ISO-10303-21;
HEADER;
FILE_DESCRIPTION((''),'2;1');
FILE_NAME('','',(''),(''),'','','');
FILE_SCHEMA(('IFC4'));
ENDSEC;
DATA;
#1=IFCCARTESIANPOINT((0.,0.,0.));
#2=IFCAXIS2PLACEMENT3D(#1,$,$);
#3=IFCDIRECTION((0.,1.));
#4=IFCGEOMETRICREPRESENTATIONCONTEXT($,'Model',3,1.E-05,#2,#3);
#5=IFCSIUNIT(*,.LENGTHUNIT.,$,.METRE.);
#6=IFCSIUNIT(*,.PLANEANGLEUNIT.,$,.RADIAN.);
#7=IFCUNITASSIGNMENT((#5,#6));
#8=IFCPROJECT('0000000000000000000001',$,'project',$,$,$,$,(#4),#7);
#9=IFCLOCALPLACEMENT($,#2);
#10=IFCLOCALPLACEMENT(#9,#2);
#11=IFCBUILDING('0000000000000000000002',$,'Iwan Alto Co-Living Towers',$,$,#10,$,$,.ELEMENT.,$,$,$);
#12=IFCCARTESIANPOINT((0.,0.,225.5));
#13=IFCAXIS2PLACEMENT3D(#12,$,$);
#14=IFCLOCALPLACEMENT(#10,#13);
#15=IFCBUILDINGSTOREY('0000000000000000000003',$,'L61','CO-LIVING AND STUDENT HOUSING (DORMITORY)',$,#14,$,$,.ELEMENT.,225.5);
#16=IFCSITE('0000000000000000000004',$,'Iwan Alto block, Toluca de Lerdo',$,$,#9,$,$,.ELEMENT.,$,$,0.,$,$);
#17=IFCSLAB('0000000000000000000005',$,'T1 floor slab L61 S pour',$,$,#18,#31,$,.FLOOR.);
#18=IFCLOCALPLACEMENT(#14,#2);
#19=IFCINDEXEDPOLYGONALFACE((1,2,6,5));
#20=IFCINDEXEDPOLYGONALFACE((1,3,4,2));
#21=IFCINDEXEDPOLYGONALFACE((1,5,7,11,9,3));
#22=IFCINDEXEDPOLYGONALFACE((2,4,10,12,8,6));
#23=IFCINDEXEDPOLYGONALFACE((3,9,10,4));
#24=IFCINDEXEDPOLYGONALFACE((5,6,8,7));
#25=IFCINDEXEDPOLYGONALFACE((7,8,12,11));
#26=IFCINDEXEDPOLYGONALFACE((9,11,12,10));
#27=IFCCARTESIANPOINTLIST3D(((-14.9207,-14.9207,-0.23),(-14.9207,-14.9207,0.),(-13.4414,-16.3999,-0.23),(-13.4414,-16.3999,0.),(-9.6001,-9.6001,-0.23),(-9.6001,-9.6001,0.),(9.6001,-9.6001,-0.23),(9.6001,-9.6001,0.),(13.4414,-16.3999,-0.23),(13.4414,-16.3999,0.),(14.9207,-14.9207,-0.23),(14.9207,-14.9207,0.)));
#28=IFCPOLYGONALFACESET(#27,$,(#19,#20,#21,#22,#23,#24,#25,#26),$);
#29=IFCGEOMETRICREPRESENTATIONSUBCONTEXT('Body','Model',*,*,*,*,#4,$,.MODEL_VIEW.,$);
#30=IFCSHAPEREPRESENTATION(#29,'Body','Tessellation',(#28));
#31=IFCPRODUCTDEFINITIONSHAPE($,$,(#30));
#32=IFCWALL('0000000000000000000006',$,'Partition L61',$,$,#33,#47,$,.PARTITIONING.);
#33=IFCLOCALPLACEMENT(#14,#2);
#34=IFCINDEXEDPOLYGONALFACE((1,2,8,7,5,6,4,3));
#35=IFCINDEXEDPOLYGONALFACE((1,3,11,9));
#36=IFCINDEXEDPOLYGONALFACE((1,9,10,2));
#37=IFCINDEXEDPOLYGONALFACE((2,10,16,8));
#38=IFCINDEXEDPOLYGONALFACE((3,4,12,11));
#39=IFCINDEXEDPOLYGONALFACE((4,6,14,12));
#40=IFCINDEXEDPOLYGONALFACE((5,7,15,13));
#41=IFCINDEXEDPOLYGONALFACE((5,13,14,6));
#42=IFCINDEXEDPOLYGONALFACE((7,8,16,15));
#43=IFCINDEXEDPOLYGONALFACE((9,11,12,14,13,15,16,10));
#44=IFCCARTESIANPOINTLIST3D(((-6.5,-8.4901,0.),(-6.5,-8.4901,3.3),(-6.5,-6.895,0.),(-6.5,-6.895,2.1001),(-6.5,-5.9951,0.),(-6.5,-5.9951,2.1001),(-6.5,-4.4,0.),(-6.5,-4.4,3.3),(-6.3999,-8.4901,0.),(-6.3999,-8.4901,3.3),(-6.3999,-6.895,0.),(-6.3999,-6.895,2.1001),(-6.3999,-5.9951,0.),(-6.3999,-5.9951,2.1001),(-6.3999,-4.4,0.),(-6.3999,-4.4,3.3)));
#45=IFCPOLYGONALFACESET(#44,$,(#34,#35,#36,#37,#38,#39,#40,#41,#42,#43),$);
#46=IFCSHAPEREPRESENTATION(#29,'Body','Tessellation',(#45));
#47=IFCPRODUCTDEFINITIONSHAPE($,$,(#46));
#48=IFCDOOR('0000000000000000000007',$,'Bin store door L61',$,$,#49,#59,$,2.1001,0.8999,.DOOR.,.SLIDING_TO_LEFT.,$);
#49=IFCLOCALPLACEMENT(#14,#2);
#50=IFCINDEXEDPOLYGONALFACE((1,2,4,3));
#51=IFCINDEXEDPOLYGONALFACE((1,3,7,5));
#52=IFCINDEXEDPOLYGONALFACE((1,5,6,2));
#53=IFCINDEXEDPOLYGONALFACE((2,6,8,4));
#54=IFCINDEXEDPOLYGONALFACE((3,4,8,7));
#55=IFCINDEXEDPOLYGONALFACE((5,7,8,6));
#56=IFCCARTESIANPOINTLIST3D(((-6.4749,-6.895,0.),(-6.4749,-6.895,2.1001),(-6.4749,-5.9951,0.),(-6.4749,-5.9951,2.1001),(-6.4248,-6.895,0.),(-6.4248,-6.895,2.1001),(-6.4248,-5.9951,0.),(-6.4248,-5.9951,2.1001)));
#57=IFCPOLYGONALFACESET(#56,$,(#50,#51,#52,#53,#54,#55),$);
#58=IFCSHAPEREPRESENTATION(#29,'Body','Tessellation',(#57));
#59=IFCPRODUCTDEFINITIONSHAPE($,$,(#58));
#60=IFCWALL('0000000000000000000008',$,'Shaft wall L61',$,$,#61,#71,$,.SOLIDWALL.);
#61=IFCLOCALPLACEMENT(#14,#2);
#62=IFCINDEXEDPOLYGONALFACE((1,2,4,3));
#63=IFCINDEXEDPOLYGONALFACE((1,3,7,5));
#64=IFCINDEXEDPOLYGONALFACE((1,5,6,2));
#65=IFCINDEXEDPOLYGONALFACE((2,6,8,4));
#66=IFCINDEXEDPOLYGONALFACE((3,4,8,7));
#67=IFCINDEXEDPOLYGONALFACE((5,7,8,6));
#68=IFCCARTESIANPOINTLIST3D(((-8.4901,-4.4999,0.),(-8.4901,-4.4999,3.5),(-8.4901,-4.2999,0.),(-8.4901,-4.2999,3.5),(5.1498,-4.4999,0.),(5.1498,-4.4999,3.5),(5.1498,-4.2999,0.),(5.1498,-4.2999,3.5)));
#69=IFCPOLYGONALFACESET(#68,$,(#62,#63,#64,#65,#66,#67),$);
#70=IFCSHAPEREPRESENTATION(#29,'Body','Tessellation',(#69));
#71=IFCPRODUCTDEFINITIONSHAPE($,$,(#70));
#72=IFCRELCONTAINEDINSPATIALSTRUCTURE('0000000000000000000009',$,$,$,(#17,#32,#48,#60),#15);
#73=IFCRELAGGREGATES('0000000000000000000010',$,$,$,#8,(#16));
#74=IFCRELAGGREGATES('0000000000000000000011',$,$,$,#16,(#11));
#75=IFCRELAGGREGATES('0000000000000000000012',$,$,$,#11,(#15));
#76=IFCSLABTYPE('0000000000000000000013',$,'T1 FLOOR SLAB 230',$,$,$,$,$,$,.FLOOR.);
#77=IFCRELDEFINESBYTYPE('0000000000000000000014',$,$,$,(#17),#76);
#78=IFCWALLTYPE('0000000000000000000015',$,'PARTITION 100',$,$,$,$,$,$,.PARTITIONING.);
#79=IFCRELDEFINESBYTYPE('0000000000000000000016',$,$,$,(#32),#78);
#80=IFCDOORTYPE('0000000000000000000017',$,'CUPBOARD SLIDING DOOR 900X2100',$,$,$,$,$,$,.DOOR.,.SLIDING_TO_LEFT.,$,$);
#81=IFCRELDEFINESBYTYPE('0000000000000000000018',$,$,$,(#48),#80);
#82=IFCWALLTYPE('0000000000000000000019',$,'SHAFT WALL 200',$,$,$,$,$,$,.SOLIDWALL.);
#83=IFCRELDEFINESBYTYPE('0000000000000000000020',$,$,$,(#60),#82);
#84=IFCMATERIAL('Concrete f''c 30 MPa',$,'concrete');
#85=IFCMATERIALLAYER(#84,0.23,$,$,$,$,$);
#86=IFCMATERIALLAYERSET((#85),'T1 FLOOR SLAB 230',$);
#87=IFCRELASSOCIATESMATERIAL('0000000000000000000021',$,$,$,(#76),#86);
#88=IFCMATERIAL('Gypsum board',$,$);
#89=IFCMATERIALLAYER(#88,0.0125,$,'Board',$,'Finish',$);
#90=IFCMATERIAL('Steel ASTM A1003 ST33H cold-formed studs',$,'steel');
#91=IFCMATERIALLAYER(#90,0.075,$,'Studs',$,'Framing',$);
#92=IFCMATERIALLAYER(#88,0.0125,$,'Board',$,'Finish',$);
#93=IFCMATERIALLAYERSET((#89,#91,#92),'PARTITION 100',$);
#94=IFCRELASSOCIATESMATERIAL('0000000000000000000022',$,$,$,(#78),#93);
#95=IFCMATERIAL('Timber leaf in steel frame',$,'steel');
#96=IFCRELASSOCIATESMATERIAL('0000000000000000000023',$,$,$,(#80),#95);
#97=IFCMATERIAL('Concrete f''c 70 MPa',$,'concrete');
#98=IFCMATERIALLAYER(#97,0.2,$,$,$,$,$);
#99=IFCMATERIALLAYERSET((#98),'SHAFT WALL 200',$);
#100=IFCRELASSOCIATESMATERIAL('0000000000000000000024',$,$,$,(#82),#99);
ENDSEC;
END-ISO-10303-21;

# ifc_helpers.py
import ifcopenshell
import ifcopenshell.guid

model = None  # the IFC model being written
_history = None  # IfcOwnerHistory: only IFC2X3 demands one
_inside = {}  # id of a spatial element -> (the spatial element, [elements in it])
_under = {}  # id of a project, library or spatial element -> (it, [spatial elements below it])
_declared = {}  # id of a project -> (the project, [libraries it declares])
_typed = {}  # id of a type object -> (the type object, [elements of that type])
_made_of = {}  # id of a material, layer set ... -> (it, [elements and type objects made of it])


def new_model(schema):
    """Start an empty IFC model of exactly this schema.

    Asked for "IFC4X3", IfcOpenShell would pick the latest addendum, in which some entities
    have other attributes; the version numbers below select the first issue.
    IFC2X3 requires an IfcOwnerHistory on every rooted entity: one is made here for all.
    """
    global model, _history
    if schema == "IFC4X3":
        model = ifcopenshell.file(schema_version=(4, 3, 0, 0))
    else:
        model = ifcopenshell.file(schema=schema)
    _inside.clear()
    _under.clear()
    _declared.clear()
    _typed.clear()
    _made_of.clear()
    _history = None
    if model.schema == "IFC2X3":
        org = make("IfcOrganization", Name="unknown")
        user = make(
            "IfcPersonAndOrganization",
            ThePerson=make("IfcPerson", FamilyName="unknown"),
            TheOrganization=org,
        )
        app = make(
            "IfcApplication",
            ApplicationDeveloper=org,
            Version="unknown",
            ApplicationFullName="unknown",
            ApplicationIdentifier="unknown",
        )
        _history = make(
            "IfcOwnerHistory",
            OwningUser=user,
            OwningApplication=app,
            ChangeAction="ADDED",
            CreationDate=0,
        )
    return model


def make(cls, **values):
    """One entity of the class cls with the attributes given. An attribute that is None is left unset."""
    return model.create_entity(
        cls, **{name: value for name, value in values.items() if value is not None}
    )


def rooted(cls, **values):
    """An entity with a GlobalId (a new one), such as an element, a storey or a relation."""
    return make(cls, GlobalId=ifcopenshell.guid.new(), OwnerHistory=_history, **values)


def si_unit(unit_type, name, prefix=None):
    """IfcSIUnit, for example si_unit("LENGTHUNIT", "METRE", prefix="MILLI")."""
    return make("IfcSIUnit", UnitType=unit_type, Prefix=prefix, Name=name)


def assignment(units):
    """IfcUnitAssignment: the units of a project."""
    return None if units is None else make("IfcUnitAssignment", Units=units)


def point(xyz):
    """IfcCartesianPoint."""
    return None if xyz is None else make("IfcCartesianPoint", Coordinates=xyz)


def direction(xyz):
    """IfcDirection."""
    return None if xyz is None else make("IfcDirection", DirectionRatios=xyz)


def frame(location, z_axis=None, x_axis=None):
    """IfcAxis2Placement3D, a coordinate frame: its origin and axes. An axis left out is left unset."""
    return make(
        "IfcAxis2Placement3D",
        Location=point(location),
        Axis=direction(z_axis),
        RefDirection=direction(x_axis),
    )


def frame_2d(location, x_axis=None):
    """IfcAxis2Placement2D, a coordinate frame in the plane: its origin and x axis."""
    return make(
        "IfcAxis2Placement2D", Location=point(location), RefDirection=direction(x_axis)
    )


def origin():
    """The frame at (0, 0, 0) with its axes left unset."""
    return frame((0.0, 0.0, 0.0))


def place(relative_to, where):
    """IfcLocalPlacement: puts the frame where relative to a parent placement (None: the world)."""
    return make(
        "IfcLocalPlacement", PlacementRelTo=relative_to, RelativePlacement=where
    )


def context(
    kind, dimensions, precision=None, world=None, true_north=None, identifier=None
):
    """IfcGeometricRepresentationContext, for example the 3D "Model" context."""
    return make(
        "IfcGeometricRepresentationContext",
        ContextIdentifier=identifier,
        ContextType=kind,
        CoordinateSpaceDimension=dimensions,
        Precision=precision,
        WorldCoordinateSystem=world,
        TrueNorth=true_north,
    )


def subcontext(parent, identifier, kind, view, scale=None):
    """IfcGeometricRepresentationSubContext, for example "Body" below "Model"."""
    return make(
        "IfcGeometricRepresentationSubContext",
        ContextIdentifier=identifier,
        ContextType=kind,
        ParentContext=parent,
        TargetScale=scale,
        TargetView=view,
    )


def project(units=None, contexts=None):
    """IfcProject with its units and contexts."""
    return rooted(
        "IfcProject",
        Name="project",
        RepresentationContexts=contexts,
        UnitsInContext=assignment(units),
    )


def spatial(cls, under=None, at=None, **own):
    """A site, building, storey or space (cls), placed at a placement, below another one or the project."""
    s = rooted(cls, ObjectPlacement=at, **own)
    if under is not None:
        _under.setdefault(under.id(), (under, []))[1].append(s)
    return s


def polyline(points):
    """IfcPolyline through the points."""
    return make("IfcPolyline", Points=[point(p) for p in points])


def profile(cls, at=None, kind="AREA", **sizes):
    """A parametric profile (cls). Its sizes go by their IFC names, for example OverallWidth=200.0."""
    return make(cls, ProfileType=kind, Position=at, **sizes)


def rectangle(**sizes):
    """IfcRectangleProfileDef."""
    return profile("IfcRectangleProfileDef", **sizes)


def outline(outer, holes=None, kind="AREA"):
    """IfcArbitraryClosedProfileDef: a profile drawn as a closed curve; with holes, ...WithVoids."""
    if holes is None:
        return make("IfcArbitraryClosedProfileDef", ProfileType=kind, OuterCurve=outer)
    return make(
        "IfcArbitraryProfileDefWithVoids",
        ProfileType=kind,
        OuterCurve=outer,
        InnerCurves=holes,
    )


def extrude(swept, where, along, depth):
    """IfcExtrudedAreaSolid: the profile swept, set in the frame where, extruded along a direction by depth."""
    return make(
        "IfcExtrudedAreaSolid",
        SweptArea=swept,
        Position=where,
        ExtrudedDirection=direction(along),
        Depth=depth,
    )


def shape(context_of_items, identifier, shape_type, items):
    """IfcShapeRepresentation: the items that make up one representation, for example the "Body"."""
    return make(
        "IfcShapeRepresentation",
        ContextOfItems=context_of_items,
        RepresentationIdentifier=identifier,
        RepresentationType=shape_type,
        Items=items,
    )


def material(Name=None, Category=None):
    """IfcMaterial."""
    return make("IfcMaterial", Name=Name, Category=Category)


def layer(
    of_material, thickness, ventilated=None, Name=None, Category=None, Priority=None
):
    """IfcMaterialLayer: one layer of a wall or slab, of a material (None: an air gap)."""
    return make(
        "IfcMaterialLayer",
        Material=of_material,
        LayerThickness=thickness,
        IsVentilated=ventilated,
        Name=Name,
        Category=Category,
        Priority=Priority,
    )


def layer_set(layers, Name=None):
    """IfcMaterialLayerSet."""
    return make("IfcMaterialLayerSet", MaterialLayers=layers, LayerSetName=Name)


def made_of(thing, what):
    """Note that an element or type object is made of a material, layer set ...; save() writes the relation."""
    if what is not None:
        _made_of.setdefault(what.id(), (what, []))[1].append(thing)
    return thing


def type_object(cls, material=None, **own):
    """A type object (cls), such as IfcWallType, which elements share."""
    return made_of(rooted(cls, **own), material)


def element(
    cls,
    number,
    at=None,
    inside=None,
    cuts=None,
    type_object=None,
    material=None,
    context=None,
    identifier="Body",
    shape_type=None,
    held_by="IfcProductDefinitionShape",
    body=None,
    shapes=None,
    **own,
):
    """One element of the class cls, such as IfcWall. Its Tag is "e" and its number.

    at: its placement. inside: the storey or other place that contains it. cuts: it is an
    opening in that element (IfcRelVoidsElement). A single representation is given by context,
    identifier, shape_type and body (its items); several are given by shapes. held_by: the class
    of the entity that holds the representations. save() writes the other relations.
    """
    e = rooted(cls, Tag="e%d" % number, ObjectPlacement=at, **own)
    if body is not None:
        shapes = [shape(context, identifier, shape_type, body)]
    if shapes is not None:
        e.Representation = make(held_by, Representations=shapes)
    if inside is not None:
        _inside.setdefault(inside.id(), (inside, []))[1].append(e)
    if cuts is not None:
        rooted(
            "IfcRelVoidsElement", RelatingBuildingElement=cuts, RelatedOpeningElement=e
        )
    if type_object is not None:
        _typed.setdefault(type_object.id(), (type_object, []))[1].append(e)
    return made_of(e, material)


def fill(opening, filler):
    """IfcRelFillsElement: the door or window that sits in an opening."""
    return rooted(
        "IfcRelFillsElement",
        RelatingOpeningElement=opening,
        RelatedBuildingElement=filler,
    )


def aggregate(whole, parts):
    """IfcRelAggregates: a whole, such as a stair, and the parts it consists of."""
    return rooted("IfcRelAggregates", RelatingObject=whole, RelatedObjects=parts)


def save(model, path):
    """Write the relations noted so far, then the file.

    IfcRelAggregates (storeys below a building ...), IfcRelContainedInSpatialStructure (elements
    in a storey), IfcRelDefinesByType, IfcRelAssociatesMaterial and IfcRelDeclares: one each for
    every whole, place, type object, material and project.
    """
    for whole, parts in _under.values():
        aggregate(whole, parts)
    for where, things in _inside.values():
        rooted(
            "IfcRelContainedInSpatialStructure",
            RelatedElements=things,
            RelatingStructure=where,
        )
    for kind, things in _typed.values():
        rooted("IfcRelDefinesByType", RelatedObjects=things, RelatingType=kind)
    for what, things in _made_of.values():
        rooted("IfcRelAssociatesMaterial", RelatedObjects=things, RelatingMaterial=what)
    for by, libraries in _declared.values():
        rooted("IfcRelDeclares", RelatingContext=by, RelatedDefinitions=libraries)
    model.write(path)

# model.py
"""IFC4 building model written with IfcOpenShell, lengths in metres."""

from ifc_helpers import new_model, si_unit, direction, frame, frame_2d, origin, place, context, subcontext, project, spatial, polyline, rectangle, outline, extrude, material, layer, layer_set, type_object, element, fill, save


model = new_model("IFC4")

# Units and contexts
model_context = context("Model", 3, precision=1e-05, world=origin(), true_north=direction((0.0, 1.0)))
body_context = subcontext(model_context, "Body", "Model", "MODEL_VIEW")
ifc_project = project(units=[si_unit("LENGTHUNIT", "METRE"), si_unit("PLANEANGLEUNIT", "RADIAN")], contexts=[model_context])

# Site, building, storey
site_placement = place(None, origin())
site = spatial("IfcSite", under=ifc_project, at=site_placement, Name="Iwan Alto block, Toluca de Lerdo", CompositionType="ELEMENT", RefElevation=0.0)
building_placement = place(site_placement, origin())
building = spatial("IfcBuilding", under=site, at=building_placement, Name="Iwan Alto Co-Living Towers", CompositionType="ELEMENT")
storey_placement = place(building_placement, frame((0.0, 0.0, 225.5)))
storey = spatial("IfcBuildingStorey", under=building, at=storey_placement, Name="L61", Description="CO-LIVING AND STUDENT HOUSING (DORMITORY)", CompositionType="ELEMENT", Elevation=225.5)

# Slab
ifc_material_1 = material(Name="Concrete f'c 30 MPa", Category="concrete")
ifc_layer_1 = layer(ifc_material_1, 0.23)
ifc_layer_set_1 = layer_set([ifc_layer_1], Name="T1 FLOOR SLAB 230")
slab_type = type_object("IfcSlabType", Name="T1 FLOOR SLAB 230", PredefinedType="FLOOR", material=ifc_layer_set_1)
slab_placement = place(storey_placement, frame((0.0, 0.0, -0.23)))
element("IfcSlab", 1, at=slab_placement, inside=storey, type_object=slab_type, Name="T1 floor slab L61 S pour", PredefinedType="FLOOR", context=body_context, shape_type="SweptSolid", body=[
    extrude(outline(polyline([(13.4414, -16.3999), (-13.4414, -16.3999), (-14.9207, -14.9207), (-9.6001, -9.6001), (9.6001, -9.6001), (14.9207, -14.9207), (13.4414, -16.3999)])), origin(), (0.0, 0.0, 1.0), 0.23),
])

# Wall, opening, door
ifc_material_2 = material(Name="Gypsum board")
ifc_layer_2 = layer(ifc_material_2, 0.0125, Name="Board", Category="Finish")
ifc_material_3 = material(Name="Steel ASTM A1003 ST33H cold-formed studs", Category="steel")
ifc_layer_3 = layer(ifc_material_3, 0.075, Name="Studs", Category="Framing")
ifc_layer_4 = layer(ifc_material_2, 0.0125, Name="Board", Category="Finish")
ifc_layer_set_2 = layer_set([ifc_layer_2, ifc_layer_3, ifc_layer_4], Name="PARTITION 100")
wall_type_1 = type_object("IfcWallType", Name="PARTITION 100", PredefinedType="PARTITIONING", material=ifc_layer_set_2)
wall_1_placement = place(storey_placement, frame((-6.45, -8.49, 0.0), z_axis=(0.0, 0.0, 1.0), x_axis=(0.0, 1.0, 0.0)))
wall_1 = element("IfcWall", 2, at=wall_1_placement, inside=storey, type_object=wall_type_1, Name="Partition L61", PredefinedType="PARTITIONING", context=body_context, shape_type="SweptSolid", body=[
    extrude(rectangle(XDim=4.0901, YDim=0.1001, at=frame_2d((2.0449, 0.0))), origin(), (0.0, 0.0, 1.0), 3.3),
])
opening_1_placement = place(wall_1_placement, frame((1.595, 0.0, 0.0)))
opening_1 = element("IfcOpeningElement", 3, at=opening_1_placement, cuts=wall_1, PredefinedType="OPENING", context=body_context, shape_type="SweptSolid", body=[
    extrude(rectangle(XDim=0.8999, YDim=2.1001, at=frame_2d((0.45, 1.05))), frame((0.0, 0.0601, 0.0), z_axis=(0.0, -1.0, 0.0), x_axis=(1.0, 0.0, 0.0)), (0.0, 0.0, 1.0), 0.1201),
])
ifc_material_4 = material(Name="Timber leaf in steel frame", Category="steel")
door_type_1 = type_object("IfcDoorType", Name="CUPBOARD SLIDING DOOR 900X2100", OperationType="SLIDING_TO_LEFT", PredefinedType="DOOR", material=ifc_material_4)
door_1_placement = place(opening_1_placement, origin())
door_1 = element("IfcDoor", 4, at=door_1_placement, inside=storey, type_object=door_type_1, Name="Bin store door L61", OperationType="SLIDING_TO_LEFT", OverallHeight=2.1001, OverallWidth=0.8999, PredefinedType="DOOR", context=body_context, shape_type="SweptSolid", body=[
    extrude(rectangle(XDim=0.8999, YDim=2.1001, at=frame_2d((0.45, 1.05))), frame((0.0, 0.0249, 0.0), z_axis=(0.0, -1.0, 0.0), x_axis=(1.0, 0.0, 0.0)), (0.0, 0.0, 1.0), 0.05),
])
fill(opening_1, door_1)

# Wall
ifc_material_5 = material(Name="Concrete f'c 70 MPa", Category="concrete")
ifc_layer_5 = layer(ifc_material_5, 0.2)
ifc_layer_set_3 = layer_set([ifc_layer_5], Name="SHAFT WALL 200")
wall_type_2 = type_object("IfcWallType", Name="SHAFT WALL 200", PredefinedType="SOLIDWALL", material=ifc_layer_set_3)
wall_2_placement = place(storey_placement, frame((-8.49, -4.3999, 0.0), z_axis=(0.0, 0.0, 1.0), x_axis=(1.0, 0.0, 0.0)))
element("IfcWall", 5, at=wall_2_placement, inside=storey, type_object=wall_type_2, Name="Shaft wall L61", PredefinedType="SOLIDWALL", context=body_context, shape_type="SweptSolid", body=[
    extrude(rectangle(XDim=13.6399, YDim=0.2, at=frame_2d((6.8198, 0.0))), origin(), (0.0, 0.0, 1.0), 3.5),
])

save(model, "model.ifc")
